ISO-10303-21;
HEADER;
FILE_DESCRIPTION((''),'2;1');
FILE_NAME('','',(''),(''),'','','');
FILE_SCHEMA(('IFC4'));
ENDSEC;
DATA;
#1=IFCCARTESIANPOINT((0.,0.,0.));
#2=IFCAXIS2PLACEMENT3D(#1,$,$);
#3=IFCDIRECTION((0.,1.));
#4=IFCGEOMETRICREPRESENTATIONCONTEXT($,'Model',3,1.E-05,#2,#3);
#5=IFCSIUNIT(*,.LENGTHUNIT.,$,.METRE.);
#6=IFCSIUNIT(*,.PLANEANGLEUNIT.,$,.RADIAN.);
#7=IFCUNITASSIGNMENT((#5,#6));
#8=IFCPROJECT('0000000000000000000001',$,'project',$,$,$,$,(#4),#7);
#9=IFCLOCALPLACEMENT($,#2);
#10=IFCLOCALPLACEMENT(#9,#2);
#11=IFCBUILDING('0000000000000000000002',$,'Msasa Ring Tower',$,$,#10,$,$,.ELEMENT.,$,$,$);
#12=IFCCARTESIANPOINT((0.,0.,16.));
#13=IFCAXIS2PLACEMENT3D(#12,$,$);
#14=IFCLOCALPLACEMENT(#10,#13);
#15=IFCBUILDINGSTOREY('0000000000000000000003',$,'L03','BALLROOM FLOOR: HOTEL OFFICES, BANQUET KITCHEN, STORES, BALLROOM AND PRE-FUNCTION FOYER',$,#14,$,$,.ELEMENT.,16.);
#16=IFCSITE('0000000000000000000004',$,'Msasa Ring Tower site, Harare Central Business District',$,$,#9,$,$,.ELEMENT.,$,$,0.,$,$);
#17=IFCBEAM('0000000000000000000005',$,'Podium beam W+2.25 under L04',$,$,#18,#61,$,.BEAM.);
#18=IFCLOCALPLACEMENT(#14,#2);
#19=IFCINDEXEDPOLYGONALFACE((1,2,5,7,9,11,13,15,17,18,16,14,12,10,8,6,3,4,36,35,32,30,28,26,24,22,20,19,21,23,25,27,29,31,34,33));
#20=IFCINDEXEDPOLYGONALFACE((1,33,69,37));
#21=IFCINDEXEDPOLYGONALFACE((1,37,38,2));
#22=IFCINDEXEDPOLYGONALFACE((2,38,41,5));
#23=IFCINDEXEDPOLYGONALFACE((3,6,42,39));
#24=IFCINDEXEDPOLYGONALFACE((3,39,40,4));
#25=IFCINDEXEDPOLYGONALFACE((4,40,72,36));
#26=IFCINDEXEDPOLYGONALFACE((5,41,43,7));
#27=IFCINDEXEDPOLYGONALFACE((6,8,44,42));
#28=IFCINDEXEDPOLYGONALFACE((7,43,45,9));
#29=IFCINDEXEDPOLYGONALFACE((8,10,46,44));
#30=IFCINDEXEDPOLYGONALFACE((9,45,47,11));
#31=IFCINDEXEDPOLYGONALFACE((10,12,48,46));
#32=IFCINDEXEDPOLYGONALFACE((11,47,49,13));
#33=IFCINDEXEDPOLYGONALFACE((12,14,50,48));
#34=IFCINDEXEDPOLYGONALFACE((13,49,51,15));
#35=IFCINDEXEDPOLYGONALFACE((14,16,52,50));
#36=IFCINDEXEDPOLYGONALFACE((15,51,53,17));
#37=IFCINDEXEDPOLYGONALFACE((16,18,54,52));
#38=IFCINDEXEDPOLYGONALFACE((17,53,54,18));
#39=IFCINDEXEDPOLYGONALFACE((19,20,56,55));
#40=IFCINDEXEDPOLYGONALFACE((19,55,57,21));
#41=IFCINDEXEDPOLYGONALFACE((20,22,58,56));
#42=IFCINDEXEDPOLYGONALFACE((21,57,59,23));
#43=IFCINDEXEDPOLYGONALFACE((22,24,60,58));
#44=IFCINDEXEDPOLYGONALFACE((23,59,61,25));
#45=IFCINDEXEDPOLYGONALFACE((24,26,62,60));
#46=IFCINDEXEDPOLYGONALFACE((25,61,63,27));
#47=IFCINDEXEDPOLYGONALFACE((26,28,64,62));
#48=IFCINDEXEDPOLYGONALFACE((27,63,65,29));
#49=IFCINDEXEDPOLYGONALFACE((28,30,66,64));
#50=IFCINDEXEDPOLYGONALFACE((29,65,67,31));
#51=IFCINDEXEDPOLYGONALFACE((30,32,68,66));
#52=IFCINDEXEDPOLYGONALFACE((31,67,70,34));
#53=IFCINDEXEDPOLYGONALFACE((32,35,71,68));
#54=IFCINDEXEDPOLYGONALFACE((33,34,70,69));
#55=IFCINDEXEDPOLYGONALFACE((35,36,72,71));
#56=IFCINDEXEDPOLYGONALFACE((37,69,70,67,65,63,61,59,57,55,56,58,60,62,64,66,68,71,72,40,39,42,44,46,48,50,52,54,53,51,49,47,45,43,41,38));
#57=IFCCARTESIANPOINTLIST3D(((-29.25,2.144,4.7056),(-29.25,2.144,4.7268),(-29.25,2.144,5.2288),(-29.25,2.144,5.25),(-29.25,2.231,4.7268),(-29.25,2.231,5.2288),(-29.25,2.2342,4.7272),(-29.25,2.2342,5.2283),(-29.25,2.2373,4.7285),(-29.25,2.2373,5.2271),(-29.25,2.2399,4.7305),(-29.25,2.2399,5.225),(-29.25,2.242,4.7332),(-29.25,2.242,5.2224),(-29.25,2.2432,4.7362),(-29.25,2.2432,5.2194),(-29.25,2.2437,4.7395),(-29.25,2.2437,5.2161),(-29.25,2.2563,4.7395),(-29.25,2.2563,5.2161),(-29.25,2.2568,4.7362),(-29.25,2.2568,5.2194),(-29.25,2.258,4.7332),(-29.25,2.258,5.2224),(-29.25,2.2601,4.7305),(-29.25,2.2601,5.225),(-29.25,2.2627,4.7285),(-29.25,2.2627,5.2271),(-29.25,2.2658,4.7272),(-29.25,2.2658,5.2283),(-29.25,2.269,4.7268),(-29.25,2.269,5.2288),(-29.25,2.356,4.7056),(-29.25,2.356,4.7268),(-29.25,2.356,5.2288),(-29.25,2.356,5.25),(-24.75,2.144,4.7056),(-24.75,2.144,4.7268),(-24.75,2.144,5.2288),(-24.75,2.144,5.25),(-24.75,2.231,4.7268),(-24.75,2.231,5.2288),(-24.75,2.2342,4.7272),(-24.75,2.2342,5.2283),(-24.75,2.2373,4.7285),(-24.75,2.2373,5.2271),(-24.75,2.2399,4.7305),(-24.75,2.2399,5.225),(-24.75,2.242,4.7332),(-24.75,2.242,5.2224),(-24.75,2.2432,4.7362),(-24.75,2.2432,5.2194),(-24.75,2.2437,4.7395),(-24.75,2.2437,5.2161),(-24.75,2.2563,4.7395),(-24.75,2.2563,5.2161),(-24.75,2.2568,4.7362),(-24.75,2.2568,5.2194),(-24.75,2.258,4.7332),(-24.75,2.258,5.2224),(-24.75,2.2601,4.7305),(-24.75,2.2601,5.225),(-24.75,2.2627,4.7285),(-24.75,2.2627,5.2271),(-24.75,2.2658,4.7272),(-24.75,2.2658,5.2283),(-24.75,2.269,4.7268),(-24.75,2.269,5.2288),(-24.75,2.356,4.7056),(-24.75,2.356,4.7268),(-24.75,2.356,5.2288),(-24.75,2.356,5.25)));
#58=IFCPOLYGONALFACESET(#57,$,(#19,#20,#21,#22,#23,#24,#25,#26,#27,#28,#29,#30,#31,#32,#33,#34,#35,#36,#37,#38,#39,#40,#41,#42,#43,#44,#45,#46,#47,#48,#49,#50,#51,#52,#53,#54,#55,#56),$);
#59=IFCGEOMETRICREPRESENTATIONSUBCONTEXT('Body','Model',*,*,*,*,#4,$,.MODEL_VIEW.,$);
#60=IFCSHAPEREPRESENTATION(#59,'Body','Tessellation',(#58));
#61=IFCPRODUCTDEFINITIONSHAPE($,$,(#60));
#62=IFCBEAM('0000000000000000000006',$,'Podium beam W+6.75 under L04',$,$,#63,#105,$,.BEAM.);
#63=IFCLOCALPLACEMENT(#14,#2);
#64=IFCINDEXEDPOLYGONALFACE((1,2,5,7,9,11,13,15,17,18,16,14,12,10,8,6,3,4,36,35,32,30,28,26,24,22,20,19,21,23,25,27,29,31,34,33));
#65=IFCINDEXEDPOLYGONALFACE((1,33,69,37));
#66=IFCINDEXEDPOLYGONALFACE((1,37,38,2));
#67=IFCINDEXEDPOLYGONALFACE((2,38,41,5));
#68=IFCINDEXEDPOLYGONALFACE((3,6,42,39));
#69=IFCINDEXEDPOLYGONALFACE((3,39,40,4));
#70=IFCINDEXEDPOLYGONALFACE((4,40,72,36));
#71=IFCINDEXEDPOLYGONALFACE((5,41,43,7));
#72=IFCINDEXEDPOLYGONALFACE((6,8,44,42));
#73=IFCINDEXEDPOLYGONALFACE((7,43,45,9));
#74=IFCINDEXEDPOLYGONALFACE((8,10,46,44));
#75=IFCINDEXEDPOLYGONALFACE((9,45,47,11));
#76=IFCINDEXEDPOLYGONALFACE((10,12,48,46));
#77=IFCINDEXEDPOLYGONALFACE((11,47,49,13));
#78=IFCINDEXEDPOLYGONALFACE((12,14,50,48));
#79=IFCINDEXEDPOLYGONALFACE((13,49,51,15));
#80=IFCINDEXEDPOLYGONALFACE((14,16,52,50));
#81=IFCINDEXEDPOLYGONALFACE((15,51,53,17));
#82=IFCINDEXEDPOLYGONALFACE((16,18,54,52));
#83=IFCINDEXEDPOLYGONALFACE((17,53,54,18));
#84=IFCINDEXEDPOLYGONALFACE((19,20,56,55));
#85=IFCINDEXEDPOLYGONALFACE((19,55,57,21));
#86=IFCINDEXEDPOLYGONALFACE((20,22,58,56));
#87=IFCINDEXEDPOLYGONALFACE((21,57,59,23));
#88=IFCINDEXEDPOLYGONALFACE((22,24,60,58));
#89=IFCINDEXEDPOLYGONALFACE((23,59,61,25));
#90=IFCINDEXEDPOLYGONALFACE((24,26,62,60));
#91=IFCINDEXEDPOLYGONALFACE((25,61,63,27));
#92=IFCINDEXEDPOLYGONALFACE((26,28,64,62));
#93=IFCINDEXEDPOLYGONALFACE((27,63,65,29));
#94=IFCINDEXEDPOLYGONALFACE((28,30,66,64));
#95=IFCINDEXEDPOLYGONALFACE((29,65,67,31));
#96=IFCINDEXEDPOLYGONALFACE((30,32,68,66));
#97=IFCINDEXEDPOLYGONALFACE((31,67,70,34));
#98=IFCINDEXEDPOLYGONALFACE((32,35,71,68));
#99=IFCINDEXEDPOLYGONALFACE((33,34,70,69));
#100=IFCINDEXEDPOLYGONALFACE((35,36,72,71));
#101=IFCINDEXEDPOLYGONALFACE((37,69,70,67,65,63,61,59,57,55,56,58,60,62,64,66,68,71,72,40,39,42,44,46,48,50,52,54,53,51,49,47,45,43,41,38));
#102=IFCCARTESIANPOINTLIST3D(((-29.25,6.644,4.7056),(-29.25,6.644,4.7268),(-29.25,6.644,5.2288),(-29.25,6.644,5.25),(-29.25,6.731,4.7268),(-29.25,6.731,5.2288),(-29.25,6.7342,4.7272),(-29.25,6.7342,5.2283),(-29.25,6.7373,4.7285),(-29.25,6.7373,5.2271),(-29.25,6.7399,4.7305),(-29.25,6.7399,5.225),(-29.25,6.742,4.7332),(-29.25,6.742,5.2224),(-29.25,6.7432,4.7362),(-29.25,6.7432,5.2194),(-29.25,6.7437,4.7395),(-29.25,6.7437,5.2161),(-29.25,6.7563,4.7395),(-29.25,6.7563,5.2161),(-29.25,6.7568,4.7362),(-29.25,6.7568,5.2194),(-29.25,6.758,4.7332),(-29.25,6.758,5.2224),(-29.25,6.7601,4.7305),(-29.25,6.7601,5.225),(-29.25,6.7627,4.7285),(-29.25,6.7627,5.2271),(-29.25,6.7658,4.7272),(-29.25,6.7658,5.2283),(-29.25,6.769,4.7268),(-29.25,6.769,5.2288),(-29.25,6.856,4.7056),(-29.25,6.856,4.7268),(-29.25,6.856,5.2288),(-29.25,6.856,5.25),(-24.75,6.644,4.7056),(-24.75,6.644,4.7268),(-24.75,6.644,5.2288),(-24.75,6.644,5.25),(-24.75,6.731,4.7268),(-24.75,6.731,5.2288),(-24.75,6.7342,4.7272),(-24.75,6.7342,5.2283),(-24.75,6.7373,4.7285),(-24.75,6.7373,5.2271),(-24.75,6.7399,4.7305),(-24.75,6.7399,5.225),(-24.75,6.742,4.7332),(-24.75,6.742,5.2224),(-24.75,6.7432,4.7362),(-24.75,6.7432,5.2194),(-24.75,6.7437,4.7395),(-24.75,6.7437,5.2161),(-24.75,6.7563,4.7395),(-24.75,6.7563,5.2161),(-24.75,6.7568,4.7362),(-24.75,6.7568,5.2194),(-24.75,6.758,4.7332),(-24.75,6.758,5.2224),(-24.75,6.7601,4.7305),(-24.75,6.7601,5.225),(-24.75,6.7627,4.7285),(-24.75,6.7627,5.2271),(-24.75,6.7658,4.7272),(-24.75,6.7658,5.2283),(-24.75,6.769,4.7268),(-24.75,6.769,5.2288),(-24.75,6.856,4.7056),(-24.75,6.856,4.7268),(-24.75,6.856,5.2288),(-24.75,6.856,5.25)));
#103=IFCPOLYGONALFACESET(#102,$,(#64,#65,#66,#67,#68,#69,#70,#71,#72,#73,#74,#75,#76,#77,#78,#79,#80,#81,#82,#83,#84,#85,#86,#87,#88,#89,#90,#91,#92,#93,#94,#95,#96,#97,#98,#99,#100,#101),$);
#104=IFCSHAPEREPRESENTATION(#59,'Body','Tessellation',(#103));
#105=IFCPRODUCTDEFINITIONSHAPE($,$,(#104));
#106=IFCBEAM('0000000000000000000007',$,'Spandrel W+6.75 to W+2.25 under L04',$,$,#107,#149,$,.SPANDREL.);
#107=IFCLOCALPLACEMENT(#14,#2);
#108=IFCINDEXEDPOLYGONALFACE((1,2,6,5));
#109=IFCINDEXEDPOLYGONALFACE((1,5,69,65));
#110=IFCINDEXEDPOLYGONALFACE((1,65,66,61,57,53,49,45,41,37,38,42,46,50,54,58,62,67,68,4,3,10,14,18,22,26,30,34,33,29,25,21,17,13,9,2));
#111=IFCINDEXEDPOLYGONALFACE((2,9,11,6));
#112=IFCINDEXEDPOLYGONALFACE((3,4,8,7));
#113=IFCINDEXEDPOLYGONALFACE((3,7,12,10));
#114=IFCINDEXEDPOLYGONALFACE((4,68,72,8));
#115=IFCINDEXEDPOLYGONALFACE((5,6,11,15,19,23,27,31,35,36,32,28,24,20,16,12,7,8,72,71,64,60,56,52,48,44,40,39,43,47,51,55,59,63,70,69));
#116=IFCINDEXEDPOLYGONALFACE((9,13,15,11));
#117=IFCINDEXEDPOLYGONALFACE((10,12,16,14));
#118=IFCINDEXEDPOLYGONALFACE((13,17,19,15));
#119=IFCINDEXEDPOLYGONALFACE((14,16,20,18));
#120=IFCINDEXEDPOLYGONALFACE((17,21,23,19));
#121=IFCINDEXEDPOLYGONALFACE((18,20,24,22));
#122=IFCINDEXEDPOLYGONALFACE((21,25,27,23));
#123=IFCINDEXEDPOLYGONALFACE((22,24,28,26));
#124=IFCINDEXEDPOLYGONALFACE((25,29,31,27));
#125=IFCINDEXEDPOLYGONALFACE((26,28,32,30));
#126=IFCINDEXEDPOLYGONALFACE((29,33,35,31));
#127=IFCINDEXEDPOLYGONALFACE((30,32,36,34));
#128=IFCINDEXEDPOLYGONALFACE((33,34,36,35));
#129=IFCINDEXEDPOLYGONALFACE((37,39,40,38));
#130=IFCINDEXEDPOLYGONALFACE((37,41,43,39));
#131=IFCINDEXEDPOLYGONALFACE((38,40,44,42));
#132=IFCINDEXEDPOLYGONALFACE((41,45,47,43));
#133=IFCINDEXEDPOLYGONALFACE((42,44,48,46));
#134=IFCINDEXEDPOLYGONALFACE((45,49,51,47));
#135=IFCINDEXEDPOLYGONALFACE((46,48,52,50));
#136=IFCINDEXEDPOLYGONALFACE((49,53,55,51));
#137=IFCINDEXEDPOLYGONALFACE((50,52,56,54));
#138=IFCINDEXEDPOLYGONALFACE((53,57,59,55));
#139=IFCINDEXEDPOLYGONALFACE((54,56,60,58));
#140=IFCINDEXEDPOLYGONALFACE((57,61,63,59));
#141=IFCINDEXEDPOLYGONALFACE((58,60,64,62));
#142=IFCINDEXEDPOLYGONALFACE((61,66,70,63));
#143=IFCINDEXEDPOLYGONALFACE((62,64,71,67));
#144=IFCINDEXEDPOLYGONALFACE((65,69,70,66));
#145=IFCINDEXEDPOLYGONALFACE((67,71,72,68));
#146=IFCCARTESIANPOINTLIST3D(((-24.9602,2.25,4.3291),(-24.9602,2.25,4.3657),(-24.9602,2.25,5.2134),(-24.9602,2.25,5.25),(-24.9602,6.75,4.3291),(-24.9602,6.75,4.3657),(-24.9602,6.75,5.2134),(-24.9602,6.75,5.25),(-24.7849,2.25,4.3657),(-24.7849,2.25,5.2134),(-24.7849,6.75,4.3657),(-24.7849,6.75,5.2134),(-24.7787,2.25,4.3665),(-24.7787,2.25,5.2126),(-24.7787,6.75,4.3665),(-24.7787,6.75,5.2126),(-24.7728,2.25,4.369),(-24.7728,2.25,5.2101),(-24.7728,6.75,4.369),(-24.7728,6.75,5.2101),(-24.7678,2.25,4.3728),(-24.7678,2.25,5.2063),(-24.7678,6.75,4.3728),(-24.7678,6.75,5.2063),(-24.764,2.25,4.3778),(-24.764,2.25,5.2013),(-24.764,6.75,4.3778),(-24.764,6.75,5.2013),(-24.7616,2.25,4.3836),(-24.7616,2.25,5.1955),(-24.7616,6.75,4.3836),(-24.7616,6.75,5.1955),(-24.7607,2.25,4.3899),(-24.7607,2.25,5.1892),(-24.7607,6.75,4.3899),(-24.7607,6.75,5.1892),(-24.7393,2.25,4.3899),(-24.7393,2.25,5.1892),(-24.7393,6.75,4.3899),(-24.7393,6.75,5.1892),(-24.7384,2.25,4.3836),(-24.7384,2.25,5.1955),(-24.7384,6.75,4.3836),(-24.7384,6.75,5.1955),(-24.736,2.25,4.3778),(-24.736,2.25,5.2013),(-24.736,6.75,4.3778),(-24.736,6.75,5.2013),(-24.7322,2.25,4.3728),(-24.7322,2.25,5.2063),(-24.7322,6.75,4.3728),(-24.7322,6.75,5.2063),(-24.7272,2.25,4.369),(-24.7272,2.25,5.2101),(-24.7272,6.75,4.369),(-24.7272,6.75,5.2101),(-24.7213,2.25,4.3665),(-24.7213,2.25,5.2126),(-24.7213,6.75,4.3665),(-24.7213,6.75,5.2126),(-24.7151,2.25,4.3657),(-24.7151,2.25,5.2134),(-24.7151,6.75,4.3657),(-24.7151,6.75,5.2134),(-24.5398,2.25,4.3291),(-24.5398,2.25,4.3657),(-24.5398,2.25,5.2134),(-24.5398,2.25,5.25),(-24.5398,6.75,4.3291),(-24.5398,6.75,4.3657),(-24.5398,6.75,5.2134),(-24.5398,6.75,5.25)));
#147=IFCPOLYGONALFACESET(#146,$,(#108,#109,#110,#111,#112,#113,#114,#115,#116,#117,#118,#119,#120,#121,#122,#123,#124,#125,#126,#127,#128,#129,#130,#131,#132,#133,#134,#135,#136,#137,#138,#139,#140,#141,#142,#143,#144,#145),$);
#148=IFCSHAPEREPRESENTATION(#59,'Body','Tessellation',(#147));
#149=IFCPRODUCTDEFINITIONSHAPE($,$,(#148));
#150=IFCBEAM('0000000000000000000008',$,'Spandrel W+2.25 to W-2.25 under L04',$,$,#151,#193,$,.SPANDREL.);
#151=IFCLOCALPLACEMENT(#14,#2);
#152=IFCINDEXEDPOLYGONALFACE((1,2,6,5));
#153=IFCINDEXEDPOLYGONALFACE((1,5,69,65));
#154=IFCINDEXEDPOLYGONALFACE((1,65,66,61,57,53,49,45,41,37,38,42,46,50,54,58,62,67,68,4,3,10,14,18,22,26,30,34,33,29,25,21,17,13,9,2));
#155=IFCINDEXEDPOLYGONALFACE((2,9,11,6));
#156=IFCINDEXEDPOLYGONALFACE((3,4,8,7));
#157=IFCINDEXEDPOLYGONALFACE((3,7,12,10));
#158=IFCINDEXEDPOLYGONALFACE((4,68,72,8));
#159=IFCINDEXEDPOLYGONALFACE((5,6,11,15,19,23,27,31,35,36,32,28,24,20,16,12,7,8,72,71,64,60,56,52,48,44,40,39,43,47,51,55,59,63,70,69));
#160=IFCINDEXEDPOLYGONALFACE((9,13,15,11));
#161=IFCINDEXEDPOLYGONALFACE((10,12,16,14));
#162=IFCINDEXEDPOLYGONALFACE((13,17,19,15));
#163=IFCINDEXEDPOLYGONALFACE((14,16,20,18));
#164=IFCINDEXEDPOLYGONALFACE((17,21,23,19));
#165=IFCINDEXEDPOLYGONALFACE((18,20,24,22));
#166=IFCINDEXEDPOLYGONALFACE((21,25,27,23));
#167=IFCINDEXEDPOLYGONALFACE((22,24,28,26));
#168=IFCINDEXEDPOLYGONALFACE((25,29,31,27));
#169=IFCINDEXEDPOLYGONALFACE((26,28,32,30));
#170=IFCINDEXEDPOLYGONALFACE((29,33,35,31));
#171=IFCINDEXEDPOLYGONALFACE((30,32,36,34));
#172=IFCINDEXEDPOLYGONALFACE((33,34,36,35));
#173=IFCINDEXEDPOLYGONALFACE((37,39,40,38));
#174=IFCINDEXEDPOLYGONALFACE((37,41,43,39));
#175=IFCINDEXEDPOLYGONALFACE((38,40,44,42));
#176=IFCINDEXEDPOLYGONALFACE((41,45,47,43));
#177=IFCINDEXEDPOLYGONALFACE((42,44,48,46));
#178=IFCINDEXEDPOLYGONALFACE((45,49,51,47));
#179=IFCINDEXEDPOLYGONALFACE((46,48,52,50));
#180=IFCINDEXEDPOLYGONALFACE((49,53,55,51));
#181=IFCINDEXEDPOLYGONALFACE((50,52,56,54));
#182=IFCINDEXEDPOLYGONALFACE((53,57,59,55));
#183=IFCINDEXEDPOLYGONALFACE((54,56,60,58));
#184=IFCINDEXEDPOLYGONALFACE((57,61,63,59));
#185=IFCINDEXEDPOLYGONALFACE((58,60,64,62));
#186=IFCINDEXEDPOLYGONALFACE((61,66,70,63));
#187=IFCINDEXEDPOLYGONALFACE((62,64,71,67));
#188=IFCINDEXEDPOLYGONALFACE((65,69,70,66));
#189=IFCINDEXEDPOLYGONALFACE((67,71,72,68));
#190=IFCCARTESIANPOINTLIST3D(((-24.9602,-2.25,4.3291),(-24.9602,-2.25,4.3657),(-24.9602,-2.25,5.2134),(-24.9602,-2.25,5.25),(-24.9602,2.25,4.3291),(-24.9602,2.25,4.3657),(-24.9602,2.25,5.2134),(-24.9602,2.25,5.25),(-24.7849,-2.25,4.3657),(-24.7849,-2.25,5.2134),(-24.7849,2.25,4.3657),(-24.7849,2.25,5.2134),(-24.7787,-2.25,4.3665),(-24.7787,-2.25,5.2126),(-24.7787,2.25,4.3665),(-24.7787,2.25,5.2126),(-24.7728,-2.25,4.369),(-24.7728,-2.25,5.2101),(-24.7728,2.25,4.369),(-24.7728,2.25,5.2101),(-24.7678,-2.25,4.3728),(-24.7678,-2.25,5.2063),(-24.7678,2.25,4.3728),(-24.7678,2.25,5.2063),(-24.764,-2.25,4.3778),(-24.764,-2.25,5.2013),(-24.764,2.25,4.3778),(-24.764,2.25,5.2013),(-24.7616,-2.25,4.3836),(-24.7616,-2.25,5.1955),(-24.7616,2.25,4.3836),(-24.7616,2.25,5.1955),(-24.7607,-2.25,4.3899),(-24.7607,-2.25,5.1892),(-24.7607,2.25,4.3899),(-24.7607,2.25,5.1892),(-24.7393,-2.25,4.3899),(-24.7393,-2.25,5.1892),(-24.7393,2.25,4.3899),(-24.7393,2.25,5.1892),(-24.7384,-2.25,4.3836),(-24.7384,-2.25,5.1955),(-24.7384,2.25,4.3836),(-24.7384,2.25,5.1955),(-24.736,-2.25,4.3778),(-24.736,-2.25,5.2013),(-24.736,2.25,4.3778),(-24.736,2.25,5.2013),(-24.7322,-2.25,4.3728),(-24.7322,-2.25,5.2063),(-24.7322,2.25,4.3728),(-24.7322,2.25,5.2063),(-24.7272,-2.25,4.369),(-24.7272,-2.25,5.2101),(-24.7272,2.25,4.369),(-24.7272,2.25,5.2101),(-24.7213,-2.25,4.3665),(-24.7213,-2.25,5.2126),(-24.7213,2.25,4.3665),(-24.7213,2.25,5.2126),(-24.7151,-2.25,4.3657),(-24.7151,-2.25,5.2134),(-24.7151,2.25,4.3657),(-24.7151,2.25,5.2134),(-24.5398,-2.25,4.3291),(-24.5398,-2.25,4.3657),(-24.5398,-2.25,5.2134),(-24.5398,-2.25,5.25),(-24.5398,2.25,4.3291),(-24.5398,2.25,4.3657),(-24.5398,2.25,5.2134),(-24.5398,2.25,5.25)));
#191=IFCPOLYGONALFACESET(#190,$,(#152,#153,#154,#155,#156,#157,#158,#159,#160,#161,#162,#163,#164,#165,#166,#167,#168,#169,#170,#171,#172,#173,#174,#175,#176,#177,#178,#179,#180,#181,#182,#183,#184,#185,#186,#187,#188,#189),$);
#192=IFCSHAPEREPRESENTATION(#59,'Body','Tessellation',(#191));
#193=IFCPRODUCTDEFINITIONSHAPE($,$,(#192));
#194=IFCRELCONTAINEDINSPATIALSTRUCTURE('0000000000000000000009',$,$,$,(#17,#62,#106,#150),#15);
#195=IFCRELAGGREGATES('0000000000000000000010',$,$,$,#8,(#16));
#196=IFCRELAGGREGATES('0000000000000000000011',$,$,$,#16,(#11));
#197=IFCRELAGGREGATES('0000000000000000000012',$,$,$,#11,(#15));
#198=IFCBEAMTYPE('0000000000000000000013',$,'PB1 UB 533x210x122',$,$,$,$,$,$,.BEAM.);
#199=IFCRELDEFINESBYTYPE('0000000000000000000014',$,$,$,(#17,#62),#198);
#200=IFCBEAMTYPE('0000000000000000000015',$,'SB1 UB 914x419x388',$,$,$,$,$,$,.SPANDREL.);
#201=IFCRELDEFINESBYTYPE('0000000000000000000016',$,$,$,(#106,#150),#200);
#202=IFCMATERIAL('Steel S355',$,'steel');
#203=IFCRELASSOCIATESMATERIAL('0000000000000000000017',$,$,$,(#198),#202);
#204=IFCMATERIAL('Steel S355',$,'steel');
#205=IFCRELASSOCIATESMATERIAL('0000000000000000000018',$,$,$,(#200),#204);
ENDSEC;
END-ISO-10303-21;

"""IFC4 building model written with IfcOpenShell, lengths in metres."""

from ifc_helpers import new_model, si_unit, direction, frame, origin, origin_2d, place, context, subcontext, project, spatial, i_section, extrude, material, material_profile, profile_set, type_object, element, save


model = new_model("IFC4")

# Units and contexts
model_context = context("Model", 3, precision=1e-05, world=origin(), true_north=direction((0.0, 1.0)))
body_context = subcontext(model_context, "Body", "Model", "MODEL_VIEW")
ifc_project = project(units=[si_unit("LENGTHUNIT", "METRE"), si_unit("PLANEANGLEUNIT", "RADIAN")], contexts=[model_context])

# Site, building, storey
site_placement = place(None, origin())
site = spatial("IfcSite", under=ifc_project, at=site_placement, Name="Msasa Ring Tower site, Harare Central Business District", CompositionType="ELEMENT", RefElevation=0.0)
building_placement = place(site_placement, origin())
building = spatial("IfcBuilding", under=site, at=building_placement, Name="Msasa Ring Tower", CompositionType="ELEMENT")
storey_placement = place(building_placement, frame((0.0, 0.0, 16.0)))
storey = spatial("IfcBuildingStorey", under=building, at=storey_placement, Name="L03", Description="BALLROOM FLOOR: HOTEL OFFICES, BANQUET KITCHEN, STORES, BALLROOM AND PRE-FUNCTION FOYER", CompositionType="ELEMENT", Elevation=16.0)

# Beams
ifc_material_1 = material(Name="Steel S355", Category="steel")
ifc_material_profile_1 = material_profile(ifc_material_1, i_section(OverallWidth=0.2119, OverallDepth=0.5444, WebThickness=0.0127, FlangeThickness=0.0212, FilletRadius=0.0127, at=origin_2d()), Name="UB 533x210x122")
ifc_profile_set_1 = profile_set([ifc_material_profile_1], Name="Steel S355")
beam_type_1 = type_object("IfcBeamType", Name="PB1 UB 533x210x122", PredefinedType="BEAM", material=ifc_profile_set_1)
for number, where, z_axis, x_axis, name in (
    (1, (-29.25, 2.25, 4.9778), (1.0, 0.0, 0.0), (0.0, 1.0, 0.0), "Podium beam W+2.25 under L04"),
    (2, (-29.25, 6.75, 4.9778), (1.0, 0.0, 0.0), (0.0, 1.0, 0.0), "Podium beam W+6.75 under L04"),
):
    element("IfcBeam", number, at=place(storey_placement, frame(where, z_axis=z_axis, x_axis=x_axis)), inside=storey, type_object=beam_type_1, Name=name, PredefinedType="BEAM", context=body_context, shape_type="SweptSolid", body=[
        extrude(i_section(OverallWidth=0.2119, OverallDepth=0.5444, WebThickness=0.0127, FlangeThickness=0.0212, FilletRadius=0.0127, at=origin_2d()), origin(), (0.0, 0.0, 1.0), 4.5),
    ])
ifc_material_2 = material(Name="Steel S355", Category="steel")
ifc_material_profile_2 = material_profile(ifc_material_2, i_section(OverallWidth=0.4204, OverallDepth=0.9209, WebThickness=0.0215, FlangeThickness=0.0366, FilletRadius=0.0242, at=origin_2d()), Name="UB 914x419x388")
ifc_profile_set_2 = profile_set([ifc_material_profile_2], Name="Steel S355")
beam_type_2 = type_object("IfcBeamType", Name="SB1 UB 914x419x388", PredefinedType="SPANDREL", material=ifc_profile_set_2)
for number, where, z_axis, x_axis, name in (
    (3, (-24.75, 6.75, 4.7896), (0.0, -1.0, 0.0), (1.0, 0.0, 0.0), "Spandrel W+6.75 to W+2.25 under L04"),
    (4, (-24.75, 2.25, 4.7896), (0.0, -1.0, 0.0), (1.0, 0.0, 0.0), "Spandrel W+2.25 to W-2.25 under L04"),
):
    element("IfcBeam", number, at=place(storey_placement, frame(where, z_axis=z_axis, x_axis=x_axis)), inside=storey, type_object=beam_type_2, Name=name, PredefinedType="SPANDREL", context=body_context, shape_type="SweptSolid", body=[
        extrude(i_section(OverallWidth=0.4204, OverallDepth=0.9209, WebThickness=0.0215, FlangeThickness=0.0366, FilletRadius=0.0242, at=origin_2d()), origin(), (0.0, 0.0, 1.0), 4.5),
    ])

save(model, "model.ifc")
